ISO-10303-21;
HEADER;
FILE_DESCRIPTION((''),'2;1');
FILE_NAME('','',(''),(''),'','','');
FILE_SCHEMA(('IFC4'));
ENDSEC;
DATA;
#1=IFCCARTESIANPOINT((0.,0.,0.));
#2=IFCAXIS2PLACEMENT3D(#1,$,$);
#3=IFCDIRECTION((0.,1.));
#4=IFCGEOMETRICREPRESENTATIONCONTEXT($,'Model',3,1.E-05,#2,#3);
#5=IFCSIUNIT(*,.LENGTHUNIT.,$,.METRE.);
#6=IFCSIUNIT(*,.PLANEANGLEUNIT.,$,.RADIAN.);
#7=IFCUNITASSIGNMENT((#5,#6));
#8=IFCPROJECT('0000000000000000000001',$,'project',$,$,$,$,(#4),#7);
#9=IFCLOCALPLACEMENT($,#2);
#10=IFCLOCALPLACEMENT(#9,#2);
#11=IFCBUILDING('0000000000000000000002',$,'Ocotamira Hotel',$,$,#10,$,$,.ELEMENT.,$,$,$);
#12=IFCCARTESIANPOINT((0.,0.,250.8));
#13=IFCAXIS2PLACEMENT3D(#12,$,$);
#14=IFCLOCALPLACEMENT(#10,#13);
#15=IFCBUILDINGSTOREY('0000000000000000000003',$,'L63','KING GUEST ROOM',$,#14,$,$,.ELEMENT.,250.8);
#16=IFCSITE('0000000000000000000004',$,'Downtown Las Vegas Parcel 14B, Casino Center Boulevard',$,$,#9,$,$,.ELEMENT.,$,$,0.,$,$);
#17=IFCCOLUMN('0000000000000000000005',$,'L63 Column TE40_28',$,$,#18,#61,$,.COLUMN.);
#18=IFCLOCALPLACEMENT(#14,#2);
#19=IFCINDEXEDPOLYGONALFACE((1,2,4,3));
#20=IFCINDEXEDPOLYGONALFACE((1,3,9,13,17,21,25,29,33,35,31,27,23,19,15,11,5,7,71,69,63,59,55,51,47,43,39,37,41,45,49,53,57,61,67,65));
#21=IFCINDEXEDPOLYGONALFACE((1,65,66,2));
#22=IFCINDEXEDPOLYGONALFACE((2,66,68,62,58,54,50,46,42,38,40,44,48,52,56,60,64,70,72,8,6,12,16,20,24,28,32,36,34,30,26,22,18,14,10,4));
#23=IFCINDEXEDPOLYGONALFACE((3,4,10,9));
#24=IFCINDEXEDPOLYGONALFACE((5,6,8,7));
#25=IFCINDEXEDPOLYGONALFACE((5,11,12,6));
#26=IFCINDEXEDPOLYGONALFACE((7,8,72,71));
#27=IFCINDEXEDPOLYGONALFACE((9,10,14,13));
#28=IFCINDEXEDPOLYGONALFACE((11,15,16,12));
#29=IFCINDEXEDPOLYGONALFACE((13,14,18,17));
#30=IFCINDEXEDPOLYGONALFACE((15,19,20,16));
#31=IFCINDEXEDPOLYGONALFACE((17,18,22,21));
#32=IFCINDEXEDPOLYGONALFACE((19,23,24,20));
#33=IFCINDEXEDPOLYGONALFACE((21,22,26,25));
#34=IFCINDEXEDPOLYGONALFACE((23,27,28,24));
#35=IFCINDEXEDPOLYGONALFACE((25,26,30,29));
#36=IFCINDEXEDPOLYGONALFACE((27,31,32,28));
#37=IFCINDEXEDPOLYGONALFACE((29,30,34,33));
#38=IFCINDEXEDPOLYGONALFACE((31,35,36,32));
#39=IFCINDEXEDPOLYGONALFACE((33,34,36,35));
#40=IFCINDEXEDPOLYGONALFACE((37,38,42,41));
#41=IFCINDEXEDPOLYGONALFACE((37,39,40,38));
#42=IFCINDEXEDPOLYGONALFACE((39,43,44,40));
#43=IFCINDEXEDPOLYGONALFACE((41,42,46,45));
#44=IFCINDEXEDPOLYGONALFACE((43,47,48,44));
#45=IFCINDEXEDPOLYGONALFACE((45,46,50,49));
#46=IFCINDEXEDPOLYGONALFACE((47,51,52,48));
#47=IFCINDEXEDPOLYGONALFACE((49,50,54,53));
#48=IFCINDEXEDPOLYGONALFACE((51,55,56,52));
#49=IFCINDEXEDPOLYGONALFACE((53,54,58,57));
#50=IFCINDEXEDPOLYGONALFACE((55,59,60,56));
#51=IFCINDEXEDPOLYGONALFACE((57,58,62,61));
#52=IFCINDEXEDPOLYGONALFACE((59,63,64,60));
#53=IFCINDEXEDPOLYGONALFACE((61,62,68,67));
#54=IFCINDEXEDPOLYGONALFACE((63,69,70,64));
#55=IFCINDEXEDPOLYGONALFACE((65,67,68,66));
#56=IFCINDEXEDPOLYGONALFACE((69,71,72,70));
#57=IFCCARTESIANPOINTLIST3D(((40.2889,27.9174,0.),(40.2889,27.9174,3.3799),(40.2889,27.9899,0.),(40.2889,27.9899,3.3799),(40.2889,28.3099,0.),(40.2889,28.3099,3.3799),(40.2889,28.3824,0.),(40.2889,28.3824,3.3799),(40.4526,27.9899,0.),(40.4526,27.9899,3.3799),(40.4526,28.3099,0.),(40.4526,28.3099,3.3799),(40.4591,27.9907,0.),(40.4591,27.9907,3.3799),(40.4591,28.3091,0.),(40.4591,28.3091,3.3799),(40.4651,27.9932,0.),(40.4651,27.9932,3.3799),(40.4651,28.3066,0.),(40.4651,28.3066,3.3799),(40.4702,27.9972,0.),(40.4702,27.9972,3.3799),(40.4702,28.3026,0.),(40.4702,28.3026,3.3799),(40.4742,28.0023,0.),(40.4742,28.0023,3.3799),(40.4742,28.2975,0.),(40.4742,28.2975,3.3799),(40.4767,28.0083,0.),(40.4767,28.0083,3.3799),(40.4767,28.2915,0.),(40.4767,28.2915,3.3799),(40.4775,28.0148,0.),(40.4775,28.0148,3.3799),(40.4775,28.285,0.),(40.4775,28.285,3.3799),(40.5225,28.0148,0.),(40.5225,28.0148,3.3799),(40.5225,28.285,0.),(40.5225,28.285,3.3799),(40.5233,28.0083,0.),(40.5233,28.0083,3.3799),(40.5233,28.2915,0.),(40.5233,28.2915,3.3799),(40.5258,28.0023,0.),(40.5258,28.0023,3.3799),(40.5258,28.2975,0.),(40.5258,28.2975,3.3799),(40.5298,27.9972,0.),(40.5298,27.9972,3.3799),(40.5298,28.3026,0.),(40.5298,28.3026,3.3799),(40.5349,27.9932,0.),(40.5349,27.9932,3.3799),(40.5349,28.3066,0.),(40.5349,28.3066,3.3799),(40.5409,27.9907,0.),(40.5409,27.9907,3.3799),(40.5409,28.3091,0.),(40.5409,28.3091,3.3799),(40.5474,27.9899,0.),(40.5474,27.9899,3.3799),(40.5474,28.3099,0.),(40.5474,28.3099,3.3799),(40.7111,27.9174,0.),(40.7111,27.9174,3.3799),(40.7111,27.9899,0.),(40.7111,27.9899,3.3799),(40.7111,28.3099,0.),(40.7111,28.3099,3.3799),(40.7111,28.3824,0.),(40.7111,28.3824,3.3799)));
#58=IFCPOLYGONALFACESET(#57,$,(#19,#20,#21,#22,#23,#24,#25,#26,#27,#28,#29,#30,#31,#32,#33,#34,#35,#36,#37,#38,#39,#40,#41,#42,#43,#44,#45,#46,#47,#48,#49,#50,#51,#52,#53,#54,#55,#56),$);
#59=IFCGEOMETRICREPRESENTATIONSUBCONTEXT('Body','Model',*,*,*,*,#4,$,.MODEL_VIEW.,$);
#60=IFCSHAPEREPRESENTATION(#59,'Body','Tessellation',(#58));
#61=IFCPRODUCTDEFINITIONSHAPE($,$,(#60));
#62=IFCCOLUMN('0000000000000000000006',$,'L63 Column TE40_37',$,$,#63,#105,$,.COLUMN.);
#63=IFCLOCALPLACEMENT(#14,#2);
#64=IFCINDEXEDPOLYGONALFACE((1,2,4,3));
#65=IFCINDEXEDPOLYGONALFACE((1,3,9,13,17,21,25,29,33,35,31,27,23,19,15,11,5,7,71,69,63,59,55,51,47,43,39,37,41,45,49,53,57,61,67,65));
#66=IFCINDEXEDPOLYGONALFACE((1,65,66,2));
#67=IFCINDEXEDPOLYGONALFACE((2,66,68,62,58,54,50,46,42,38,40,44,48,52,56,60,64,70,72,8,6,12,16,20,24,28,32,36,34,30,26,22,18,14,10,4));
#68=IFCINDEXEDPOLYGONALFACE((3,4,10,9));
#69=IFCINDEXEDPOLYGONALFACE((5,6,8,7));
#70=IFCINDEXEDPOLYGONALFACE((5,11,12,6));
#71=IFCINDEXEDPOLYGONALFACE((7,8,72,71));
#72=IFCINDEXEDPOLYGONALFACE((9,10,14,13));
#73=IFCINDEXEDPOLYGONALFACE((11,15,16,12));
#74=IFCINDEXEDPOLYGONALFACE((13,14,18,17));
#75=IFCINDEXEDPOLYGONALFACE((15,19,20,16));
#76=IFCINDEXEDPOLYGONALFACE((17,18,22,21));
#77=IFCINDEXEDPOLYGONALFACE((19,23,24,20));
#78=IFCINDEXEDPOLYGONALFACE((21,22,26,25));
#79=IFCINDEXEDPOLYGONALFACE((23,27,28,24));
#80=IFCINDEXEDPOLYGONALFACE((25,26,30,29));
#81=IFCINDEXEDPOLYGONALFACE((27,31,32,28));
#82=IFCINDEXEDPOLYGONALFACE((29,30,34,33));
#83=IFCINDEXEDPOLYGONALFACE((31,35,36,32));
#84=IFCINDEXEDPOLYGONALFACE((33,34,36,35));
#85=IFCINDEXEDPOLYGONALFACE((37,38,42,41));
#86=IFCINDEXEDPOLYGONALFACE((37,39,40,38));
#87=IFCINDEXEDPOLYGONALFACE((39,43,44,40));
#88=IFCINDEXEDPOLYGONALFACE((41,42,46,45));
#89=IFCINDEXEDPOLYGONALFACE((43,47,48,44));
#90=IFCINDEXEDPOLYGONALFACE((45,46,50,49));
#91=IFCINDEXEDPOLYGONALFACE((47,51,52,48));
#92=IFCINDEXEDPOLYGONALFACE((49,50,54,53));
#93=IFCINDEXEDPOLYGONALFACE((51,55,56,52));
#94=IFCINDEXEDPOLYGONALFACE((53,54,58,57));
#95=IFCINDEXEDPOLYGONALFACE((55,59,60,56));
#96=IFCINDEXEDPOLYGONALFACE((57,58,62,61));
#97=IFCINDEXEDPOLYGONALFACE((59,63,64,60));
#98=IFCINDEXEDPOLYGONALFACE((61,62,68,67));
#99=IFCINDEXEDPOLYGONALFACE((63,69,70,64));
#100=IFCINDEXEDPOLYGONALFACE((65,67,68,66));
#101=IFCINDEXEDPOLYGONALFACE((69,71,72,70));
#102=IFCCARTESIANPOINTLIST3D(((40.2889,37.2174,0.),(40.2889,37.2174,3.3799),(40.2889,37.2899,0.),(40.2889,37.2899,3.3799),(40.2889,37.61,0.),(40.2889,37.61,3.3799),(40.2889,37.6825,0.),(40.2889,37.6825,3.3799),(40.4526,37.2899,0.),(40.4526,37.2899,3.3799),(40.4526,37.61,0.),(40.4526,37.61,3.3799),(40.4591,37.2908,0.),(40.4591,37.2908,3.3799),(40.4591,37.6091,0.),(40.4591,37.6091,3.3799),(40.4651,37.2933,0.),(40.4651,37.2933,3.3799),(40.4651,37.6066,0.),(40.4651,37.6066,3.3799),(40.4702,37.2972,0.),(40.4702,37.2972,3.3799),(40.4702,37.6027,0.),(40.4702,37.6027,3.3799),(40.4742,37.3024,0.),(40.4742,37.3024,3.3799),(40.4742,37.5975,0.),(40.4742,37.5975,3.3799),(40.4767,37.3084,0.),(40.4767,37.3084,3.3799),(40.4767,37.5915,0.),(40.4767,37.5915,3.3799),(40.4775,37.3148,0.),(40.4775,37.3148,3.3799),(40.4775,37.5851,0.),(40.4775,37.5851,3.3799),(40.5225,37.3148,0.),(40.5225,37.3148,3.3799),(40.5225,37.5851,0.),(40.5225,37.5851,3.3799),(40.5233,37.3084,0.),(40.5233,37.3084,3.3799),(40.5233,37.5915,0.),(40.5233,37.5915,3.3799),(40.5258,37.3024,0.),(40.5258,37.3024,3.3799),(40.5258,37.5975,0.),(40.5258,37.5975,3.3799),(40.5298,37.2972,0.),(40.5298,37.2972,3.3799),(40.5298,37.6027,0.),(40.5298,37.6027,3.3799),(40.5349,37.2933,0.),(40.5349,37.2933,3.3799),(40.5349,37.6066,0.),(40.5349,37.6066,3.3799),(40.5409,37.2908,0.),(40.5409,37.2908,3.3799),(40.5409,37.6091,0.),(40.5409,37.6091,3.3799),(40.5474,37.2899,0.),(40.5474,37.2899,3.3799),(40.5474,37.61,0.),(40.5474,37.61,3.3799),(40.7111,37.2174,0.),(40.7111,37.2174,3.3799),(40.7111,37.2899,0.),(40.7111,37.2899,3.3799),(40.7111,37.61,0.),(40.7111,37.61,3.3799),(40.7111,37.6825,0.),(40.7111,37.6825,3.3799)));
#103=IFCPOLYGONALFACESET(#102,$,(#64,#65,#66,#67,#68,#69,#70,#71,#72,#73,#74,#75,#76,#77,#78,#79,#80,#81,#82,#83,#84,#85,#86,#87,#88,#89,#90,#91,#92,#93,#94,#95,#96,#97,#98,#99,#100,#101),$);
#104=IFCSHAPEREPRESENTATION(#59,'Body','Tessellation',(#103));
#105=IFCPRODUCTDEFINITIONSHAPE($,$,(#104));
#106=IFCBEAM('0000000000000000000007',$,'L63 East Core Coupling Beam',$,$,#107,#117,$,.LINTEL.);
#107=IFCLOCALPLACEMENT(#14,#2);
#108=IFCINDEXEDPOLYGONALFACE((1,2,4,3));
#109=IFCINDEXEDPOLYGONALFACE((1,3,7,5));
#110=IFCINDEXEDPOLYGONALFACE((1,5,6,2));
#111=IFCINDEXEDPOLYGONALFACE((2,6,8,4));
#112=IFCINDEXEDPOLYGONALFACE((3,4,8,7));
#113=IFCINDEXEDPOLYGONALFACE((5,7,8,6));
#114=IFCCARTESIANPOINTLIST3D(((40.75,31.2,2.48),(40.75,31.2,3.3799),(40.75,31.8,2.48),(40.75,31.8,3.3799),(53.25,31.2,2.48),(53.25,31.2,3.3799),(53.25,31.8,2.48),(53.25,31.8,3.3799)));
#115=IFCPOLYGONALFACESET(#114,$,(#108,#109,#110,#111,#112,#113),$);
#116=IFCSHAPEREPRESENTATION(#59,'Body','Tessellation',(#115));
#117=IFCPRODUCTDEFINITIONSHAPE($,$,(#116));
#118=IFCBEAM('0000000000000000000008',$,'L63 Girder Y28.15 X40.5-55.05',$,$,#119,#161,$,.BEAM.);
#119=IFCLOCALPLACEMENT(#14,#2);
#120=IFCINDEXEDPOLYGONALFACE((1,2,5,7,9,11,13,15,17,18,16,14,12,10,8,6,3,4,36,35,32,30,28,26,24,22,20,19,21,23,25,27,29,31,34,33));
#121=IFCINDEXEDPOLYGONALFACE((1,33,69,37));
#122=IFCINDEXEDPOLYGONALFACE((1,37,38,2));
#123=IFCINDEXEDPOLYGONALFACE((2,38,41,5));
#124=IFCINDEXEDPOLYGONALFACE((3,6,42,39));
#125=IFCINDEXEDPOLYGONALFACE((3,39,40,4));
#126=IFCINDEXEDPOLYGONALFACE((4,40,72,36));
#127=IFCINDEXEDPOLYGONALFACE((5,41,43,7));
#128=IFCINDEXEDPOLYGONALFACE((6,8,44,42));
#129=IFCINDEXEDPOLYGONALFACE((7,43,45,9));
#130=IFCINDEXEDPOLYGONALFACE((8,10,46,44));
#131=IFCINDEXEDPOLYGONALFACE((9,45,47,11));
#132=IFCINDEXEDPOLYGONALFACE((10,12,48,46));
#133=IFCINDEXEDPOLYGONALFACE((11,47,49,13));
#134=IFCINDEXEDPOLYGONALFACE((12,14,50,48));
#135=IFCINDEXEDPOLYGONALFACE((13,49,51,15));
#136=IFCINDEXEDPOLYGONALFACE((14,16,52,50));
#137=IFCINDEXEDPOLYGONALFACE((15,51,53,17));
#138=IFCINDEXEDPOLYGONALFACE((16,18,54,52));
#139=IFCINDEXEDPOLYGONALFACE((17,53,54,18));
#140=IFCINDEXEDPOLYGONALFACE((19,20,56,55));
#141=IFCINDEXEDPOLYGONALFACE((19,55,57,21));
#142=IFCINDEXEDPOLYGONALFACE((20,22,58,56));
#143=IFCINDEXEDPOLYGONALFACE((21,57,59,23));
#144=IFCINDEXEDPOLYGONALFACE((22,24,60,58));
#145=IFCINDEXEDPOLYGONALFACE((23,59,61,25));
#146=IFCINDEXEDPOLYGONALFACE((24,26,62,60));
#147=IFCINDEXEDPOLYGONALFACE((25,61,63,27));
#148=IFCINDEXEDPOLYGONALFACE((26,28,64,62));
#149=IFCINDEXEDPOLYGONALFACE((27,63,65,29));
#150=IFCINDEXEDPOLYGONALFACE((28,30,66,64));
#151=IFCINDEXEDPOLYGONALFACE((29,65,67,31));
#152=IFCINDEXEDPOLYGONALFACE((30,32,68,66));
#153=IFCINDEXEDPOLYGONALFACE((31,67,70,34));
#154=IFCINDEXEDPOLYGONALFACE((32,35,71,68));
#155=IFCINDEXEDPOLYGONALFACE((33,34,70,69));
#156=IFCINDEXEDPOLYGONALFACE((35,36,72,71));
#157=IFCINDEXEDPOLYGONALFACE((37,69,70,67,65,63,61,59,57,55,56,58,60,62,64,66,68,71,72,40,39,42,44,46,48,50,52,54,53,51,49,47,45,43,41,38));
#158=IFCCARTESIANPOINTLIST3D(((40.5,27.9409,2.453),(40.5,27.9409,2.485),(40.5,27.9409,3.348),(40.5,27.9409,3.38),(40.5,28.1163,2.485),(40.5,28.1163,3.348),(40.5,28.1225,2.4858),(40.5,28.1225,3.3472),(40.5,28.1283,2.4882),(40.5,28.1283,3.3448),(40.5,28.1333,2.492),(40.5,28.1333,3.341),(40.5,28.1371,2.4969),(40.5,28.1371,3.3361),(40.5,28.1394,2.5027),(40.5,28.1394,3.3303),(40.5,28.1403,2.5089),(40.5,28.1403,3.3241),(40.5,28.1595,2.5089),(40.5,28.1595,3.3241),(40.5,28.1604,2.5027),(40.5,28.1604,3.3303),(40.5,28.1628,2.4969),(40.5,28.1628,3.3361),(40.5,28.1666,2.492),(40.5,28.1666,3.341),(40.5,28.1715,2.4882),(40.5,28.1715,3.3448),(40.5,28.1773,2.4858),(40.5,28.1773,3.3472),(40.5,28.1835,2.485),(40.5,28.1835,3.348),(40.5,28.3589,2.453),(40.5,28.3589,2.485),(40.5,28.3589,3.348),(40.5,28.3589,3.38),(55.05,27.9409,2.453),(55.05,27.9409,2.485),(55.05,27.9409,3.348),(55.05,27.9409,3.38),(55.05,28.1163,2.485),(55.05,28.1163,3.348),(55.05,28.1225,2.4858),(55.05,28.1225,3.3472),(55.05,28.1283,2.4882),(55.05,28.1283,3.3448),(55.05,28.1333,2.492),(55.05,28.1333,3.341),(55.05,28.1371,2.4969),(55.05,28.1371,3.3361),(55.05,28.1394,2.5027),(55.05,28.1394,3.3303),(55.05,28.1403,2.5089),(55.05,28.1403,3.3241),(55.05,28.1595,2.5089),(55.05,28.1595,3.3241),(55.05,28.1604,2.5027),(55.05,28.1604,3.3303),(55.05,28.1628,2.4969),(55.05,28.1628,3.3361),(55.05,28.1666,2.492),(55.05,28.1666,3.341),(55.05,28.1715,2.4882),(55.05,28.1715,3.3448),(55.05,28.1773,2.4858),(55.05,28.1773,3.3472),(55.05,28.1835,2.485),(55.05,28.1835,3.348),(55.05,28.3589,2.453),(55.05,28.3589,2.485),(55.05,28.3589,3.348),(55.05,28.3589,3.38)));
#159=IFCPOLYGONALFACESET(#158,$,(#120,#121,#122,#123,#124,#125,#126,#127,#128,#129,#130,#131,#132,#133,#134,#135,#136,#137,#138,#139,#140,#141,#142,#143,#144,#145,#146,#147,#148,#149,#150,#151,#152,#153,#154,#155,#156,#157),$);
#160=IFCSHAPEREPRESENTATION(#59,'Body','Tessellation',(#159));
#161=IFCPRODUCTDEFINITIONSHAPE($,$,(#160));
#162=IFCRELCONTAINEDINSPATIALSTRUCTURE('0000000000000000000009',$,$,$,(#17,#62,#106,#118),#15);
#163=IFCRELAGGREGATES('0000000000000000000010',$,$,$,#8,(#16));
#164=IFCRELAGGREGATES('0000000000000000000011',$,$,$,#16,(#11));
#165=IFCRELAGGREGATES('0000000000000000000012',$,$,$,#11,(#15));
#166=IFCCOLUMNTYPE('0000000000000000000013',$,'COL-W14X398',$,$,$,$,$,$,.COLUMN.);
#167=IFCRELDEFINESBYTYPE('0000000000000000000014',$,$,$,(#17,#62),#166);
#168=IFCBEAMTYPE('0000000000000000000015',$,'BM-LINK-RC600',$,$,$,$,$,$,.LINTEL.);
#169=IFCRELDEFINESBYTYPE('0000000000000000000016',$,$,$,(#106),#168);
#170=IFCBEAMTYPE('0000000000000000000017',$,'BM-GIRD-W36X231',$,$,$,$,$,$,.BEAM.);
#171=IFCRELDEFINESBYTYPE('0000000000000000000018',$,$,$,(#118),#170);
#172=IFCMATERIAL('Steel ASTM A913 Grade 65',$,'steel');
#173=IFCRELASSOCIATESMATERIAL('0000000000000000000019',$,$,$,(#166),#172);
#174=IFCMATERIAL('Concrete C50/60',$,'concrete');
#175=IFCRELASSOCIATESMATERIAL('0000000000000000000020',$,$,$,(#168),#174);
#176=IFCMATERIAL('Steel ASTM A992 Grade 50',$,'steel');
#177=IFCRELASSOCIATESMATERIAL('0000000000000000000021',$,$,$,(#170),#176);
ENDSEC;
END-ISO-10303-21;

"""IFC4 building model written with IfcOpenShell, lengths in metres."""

from ifc_helpers import new_model, si_unit, direction, frame, origin, origin_2d, place, context, subcontext, project, spatial, rectangle, i_section, extrude, source, transform, mapped, material, material_profile, profile_set, type_object, element, save


model = new_model("IFC4")

# Units and contexts
model_context = context("Model", 3, precision=1e-05, world=origin(), true_north=direction((0.0, 1.0)))
body_context = subcontext(model_context, "Body", "Model", "MODEL_VIEW")
ifc_project = project(units=[si_unit("LENGTHUNIT", "METRE"), si_unit("PLANEANGLEUNIT", "RADIAN")], contexts=[model_context])

# Site, building, storey
site_placement = place(None, origin())
site = spatial("IfcSite", under=ifc_project, at=site_placement, Name="Downtown Las Vegas Parcel 14B, Casino Center Boulevard", CompositionType="ELEMENT", RefElevation=0.0)
building_placement = place(site_placement, origin())
building = spatial("IfcBuilding", under=site, at=building_placement, Name="Ocotamira Hotel", CompositionType="ELEMENT")
storey_placement = place(building_placement, frame((0.0, 0.0, 250.8)))
storey = spatial("IfcBuildingStorey", under=building, at=storey_placement, Name="L63", Description="KING GUEST ROOM", CompositionType="ELEMENT", Elevation=250.8)

# Columns
ifc_material_1 = material(Name="Steel ASTM A913 Grade 65", Category="steel")
ifc_material_profile_1 = material_profile(ifc_material_1, i_section(OverallWidth=0.4221, OverallDepth=0.4651, WebThickness=0.0449, FlangeThickness=0.0725, FilletRadius=0.0249, at=origin_2d()), Name="W14X398")
ifc_profile_set_1 = profile_set([ifc_material_profile_1], Name="Steel ASTM A913 Grade 65")
column_type = type_object("IfcColumnType", Name="COL-W14X398", PredefinedType="COLUMN", material=ifc_profile_set_1)
shared_shape_1 = source(origin(), body_context, "Body", "SweptSolid", [
    extrude(i_section(OverallWidth=0.4221, OverallDepth=0.4651, WebThickness=0.0449, FlangeThickness=0.0725, FilletRadius=0.0249, at=origin_2d()), origin(), (0.0, 0.0, 1.0), 3.3799),
])
for number, where, z_axis, x_axis, name in (
    (1, (40.5, 28.1499, 0.0), (0.0, 0.0, 1.0), (1.0, 0.0, 0.0), "L63 Column TE40_28"),
    (2, (40.5, 37.45, 0.0), (0.0, 0.0, 1.0), (1.0, 0.0, 0.0), "L63 Column TE40_37"),
):
    element("IfcColumn", number, at=place(storey_placement, frame(where, z_axis=z_axis, x_axis=x_axis)), inside=storey, type_object=column_type, Name=name, PredefinedType="COLUMN", context=body_context, shape_type="MappedRepresentation", body=[
        mapped(shared_shape_1, transform((0.0, 0.0, 0.0), scale=1.0)),
    ])

# Beams
ifc_material_2 = material(Name="Concrete C50/60", Category="concrete")
ifc_material_profile_2 = material_profile(ifc_material_2, rectangle(XDim=0.6001, YDim=0.8999, at=origin_2d()), Name="RC600X900")
ifc_profile_set_2 = profile_set([ifc_material_profile_2], Name="Concrete C50/60")
beam_type_1 = type_object("IfcBeamType", Name="BM-LINK-RC600", PredefinedType="LINTEL", material=ifc_profile_set_2)
shared_shape_2 = source(origin(), body_context, "Body", "SweptSolid", [
    extrude(rectangle(XDim=0.6001, YDim=0.8999, at=origin_2d()), origin(), (0.0, 0.0, 1.0), 12.5),
])
beam_1_placement = place(storey_placement, frame((40.75, 31.5, 2.9299), z_axis=(1.0, 0.0, 0.0), x_axis=(0.0, 1.0, 0.0)))
element("IfcBeam", 3, at=beam_1_placement, inside=storey, type_object=beam_type_1, Name="L63 East Core Coupling Beam", PredefinedType="LINTEL", context=body_context, shape_type="MappedRepresentation", body=[
    mapped(shared_shape_2, transform((0.0, 0.0, 0.0), scale=1.0)),
])
ifc_material_3 = material(Name="Steel ASTM A992 Grade 50", Category="steel")
ifc_material_profile_3 = material_profile(ifc_material_3, i_section(OverallWidth=0.418, OverallDepth=0.927, WebThickness=0.0193, FlangeThickness=0.032, FilletRadius=0.0239, at=origin_2d()), Name="W36X231")
ifc_profile_set_3 = profile_set([ifc_material_profile_3], Name="Steel ASTM A992 Grade 50")
beam_type_2 = type_object("IfcBeamType", Name="BM-GIRD-W36X231", PredefinedType="BEAM", material=ifc_profile_set_3)
shared_shape_3 = source(origin(), body_context, "Body", "SweptSolid", [
    extrude(i_section(OverallWidth=0.418, OverallDepth=0.927, WebThickness=0.0193, FlangeThickness=0.032, FilletRadius=0.0239, at=origin_2d()), origin(), (0.0, 0.0, 1.0), 14.55),
])
for number, where, z_axis, x_axis, name in (
    (4, (40.5, 28.1499, 2.9165), (1.0, 0.0, 0.0), (0.0, 1.0, 0.0), "L63 Girder Y28.15 X40.5-55.05"),
):
    element("IfcBeam", number, at=place(storey_placement, frame(where, z_axis=z_axis, x_axis=x_axis)), inside=storey, type_object=beam_type_2, Name=name, PredefinedType="BEAM", context=body_context, shape_type="MappedRepresentation", body=[
        mapped(shared_shape_3, transform((0.0, 0.0, 0.0), scale=1.0)),
    ])

save(model, "model.ifc")
